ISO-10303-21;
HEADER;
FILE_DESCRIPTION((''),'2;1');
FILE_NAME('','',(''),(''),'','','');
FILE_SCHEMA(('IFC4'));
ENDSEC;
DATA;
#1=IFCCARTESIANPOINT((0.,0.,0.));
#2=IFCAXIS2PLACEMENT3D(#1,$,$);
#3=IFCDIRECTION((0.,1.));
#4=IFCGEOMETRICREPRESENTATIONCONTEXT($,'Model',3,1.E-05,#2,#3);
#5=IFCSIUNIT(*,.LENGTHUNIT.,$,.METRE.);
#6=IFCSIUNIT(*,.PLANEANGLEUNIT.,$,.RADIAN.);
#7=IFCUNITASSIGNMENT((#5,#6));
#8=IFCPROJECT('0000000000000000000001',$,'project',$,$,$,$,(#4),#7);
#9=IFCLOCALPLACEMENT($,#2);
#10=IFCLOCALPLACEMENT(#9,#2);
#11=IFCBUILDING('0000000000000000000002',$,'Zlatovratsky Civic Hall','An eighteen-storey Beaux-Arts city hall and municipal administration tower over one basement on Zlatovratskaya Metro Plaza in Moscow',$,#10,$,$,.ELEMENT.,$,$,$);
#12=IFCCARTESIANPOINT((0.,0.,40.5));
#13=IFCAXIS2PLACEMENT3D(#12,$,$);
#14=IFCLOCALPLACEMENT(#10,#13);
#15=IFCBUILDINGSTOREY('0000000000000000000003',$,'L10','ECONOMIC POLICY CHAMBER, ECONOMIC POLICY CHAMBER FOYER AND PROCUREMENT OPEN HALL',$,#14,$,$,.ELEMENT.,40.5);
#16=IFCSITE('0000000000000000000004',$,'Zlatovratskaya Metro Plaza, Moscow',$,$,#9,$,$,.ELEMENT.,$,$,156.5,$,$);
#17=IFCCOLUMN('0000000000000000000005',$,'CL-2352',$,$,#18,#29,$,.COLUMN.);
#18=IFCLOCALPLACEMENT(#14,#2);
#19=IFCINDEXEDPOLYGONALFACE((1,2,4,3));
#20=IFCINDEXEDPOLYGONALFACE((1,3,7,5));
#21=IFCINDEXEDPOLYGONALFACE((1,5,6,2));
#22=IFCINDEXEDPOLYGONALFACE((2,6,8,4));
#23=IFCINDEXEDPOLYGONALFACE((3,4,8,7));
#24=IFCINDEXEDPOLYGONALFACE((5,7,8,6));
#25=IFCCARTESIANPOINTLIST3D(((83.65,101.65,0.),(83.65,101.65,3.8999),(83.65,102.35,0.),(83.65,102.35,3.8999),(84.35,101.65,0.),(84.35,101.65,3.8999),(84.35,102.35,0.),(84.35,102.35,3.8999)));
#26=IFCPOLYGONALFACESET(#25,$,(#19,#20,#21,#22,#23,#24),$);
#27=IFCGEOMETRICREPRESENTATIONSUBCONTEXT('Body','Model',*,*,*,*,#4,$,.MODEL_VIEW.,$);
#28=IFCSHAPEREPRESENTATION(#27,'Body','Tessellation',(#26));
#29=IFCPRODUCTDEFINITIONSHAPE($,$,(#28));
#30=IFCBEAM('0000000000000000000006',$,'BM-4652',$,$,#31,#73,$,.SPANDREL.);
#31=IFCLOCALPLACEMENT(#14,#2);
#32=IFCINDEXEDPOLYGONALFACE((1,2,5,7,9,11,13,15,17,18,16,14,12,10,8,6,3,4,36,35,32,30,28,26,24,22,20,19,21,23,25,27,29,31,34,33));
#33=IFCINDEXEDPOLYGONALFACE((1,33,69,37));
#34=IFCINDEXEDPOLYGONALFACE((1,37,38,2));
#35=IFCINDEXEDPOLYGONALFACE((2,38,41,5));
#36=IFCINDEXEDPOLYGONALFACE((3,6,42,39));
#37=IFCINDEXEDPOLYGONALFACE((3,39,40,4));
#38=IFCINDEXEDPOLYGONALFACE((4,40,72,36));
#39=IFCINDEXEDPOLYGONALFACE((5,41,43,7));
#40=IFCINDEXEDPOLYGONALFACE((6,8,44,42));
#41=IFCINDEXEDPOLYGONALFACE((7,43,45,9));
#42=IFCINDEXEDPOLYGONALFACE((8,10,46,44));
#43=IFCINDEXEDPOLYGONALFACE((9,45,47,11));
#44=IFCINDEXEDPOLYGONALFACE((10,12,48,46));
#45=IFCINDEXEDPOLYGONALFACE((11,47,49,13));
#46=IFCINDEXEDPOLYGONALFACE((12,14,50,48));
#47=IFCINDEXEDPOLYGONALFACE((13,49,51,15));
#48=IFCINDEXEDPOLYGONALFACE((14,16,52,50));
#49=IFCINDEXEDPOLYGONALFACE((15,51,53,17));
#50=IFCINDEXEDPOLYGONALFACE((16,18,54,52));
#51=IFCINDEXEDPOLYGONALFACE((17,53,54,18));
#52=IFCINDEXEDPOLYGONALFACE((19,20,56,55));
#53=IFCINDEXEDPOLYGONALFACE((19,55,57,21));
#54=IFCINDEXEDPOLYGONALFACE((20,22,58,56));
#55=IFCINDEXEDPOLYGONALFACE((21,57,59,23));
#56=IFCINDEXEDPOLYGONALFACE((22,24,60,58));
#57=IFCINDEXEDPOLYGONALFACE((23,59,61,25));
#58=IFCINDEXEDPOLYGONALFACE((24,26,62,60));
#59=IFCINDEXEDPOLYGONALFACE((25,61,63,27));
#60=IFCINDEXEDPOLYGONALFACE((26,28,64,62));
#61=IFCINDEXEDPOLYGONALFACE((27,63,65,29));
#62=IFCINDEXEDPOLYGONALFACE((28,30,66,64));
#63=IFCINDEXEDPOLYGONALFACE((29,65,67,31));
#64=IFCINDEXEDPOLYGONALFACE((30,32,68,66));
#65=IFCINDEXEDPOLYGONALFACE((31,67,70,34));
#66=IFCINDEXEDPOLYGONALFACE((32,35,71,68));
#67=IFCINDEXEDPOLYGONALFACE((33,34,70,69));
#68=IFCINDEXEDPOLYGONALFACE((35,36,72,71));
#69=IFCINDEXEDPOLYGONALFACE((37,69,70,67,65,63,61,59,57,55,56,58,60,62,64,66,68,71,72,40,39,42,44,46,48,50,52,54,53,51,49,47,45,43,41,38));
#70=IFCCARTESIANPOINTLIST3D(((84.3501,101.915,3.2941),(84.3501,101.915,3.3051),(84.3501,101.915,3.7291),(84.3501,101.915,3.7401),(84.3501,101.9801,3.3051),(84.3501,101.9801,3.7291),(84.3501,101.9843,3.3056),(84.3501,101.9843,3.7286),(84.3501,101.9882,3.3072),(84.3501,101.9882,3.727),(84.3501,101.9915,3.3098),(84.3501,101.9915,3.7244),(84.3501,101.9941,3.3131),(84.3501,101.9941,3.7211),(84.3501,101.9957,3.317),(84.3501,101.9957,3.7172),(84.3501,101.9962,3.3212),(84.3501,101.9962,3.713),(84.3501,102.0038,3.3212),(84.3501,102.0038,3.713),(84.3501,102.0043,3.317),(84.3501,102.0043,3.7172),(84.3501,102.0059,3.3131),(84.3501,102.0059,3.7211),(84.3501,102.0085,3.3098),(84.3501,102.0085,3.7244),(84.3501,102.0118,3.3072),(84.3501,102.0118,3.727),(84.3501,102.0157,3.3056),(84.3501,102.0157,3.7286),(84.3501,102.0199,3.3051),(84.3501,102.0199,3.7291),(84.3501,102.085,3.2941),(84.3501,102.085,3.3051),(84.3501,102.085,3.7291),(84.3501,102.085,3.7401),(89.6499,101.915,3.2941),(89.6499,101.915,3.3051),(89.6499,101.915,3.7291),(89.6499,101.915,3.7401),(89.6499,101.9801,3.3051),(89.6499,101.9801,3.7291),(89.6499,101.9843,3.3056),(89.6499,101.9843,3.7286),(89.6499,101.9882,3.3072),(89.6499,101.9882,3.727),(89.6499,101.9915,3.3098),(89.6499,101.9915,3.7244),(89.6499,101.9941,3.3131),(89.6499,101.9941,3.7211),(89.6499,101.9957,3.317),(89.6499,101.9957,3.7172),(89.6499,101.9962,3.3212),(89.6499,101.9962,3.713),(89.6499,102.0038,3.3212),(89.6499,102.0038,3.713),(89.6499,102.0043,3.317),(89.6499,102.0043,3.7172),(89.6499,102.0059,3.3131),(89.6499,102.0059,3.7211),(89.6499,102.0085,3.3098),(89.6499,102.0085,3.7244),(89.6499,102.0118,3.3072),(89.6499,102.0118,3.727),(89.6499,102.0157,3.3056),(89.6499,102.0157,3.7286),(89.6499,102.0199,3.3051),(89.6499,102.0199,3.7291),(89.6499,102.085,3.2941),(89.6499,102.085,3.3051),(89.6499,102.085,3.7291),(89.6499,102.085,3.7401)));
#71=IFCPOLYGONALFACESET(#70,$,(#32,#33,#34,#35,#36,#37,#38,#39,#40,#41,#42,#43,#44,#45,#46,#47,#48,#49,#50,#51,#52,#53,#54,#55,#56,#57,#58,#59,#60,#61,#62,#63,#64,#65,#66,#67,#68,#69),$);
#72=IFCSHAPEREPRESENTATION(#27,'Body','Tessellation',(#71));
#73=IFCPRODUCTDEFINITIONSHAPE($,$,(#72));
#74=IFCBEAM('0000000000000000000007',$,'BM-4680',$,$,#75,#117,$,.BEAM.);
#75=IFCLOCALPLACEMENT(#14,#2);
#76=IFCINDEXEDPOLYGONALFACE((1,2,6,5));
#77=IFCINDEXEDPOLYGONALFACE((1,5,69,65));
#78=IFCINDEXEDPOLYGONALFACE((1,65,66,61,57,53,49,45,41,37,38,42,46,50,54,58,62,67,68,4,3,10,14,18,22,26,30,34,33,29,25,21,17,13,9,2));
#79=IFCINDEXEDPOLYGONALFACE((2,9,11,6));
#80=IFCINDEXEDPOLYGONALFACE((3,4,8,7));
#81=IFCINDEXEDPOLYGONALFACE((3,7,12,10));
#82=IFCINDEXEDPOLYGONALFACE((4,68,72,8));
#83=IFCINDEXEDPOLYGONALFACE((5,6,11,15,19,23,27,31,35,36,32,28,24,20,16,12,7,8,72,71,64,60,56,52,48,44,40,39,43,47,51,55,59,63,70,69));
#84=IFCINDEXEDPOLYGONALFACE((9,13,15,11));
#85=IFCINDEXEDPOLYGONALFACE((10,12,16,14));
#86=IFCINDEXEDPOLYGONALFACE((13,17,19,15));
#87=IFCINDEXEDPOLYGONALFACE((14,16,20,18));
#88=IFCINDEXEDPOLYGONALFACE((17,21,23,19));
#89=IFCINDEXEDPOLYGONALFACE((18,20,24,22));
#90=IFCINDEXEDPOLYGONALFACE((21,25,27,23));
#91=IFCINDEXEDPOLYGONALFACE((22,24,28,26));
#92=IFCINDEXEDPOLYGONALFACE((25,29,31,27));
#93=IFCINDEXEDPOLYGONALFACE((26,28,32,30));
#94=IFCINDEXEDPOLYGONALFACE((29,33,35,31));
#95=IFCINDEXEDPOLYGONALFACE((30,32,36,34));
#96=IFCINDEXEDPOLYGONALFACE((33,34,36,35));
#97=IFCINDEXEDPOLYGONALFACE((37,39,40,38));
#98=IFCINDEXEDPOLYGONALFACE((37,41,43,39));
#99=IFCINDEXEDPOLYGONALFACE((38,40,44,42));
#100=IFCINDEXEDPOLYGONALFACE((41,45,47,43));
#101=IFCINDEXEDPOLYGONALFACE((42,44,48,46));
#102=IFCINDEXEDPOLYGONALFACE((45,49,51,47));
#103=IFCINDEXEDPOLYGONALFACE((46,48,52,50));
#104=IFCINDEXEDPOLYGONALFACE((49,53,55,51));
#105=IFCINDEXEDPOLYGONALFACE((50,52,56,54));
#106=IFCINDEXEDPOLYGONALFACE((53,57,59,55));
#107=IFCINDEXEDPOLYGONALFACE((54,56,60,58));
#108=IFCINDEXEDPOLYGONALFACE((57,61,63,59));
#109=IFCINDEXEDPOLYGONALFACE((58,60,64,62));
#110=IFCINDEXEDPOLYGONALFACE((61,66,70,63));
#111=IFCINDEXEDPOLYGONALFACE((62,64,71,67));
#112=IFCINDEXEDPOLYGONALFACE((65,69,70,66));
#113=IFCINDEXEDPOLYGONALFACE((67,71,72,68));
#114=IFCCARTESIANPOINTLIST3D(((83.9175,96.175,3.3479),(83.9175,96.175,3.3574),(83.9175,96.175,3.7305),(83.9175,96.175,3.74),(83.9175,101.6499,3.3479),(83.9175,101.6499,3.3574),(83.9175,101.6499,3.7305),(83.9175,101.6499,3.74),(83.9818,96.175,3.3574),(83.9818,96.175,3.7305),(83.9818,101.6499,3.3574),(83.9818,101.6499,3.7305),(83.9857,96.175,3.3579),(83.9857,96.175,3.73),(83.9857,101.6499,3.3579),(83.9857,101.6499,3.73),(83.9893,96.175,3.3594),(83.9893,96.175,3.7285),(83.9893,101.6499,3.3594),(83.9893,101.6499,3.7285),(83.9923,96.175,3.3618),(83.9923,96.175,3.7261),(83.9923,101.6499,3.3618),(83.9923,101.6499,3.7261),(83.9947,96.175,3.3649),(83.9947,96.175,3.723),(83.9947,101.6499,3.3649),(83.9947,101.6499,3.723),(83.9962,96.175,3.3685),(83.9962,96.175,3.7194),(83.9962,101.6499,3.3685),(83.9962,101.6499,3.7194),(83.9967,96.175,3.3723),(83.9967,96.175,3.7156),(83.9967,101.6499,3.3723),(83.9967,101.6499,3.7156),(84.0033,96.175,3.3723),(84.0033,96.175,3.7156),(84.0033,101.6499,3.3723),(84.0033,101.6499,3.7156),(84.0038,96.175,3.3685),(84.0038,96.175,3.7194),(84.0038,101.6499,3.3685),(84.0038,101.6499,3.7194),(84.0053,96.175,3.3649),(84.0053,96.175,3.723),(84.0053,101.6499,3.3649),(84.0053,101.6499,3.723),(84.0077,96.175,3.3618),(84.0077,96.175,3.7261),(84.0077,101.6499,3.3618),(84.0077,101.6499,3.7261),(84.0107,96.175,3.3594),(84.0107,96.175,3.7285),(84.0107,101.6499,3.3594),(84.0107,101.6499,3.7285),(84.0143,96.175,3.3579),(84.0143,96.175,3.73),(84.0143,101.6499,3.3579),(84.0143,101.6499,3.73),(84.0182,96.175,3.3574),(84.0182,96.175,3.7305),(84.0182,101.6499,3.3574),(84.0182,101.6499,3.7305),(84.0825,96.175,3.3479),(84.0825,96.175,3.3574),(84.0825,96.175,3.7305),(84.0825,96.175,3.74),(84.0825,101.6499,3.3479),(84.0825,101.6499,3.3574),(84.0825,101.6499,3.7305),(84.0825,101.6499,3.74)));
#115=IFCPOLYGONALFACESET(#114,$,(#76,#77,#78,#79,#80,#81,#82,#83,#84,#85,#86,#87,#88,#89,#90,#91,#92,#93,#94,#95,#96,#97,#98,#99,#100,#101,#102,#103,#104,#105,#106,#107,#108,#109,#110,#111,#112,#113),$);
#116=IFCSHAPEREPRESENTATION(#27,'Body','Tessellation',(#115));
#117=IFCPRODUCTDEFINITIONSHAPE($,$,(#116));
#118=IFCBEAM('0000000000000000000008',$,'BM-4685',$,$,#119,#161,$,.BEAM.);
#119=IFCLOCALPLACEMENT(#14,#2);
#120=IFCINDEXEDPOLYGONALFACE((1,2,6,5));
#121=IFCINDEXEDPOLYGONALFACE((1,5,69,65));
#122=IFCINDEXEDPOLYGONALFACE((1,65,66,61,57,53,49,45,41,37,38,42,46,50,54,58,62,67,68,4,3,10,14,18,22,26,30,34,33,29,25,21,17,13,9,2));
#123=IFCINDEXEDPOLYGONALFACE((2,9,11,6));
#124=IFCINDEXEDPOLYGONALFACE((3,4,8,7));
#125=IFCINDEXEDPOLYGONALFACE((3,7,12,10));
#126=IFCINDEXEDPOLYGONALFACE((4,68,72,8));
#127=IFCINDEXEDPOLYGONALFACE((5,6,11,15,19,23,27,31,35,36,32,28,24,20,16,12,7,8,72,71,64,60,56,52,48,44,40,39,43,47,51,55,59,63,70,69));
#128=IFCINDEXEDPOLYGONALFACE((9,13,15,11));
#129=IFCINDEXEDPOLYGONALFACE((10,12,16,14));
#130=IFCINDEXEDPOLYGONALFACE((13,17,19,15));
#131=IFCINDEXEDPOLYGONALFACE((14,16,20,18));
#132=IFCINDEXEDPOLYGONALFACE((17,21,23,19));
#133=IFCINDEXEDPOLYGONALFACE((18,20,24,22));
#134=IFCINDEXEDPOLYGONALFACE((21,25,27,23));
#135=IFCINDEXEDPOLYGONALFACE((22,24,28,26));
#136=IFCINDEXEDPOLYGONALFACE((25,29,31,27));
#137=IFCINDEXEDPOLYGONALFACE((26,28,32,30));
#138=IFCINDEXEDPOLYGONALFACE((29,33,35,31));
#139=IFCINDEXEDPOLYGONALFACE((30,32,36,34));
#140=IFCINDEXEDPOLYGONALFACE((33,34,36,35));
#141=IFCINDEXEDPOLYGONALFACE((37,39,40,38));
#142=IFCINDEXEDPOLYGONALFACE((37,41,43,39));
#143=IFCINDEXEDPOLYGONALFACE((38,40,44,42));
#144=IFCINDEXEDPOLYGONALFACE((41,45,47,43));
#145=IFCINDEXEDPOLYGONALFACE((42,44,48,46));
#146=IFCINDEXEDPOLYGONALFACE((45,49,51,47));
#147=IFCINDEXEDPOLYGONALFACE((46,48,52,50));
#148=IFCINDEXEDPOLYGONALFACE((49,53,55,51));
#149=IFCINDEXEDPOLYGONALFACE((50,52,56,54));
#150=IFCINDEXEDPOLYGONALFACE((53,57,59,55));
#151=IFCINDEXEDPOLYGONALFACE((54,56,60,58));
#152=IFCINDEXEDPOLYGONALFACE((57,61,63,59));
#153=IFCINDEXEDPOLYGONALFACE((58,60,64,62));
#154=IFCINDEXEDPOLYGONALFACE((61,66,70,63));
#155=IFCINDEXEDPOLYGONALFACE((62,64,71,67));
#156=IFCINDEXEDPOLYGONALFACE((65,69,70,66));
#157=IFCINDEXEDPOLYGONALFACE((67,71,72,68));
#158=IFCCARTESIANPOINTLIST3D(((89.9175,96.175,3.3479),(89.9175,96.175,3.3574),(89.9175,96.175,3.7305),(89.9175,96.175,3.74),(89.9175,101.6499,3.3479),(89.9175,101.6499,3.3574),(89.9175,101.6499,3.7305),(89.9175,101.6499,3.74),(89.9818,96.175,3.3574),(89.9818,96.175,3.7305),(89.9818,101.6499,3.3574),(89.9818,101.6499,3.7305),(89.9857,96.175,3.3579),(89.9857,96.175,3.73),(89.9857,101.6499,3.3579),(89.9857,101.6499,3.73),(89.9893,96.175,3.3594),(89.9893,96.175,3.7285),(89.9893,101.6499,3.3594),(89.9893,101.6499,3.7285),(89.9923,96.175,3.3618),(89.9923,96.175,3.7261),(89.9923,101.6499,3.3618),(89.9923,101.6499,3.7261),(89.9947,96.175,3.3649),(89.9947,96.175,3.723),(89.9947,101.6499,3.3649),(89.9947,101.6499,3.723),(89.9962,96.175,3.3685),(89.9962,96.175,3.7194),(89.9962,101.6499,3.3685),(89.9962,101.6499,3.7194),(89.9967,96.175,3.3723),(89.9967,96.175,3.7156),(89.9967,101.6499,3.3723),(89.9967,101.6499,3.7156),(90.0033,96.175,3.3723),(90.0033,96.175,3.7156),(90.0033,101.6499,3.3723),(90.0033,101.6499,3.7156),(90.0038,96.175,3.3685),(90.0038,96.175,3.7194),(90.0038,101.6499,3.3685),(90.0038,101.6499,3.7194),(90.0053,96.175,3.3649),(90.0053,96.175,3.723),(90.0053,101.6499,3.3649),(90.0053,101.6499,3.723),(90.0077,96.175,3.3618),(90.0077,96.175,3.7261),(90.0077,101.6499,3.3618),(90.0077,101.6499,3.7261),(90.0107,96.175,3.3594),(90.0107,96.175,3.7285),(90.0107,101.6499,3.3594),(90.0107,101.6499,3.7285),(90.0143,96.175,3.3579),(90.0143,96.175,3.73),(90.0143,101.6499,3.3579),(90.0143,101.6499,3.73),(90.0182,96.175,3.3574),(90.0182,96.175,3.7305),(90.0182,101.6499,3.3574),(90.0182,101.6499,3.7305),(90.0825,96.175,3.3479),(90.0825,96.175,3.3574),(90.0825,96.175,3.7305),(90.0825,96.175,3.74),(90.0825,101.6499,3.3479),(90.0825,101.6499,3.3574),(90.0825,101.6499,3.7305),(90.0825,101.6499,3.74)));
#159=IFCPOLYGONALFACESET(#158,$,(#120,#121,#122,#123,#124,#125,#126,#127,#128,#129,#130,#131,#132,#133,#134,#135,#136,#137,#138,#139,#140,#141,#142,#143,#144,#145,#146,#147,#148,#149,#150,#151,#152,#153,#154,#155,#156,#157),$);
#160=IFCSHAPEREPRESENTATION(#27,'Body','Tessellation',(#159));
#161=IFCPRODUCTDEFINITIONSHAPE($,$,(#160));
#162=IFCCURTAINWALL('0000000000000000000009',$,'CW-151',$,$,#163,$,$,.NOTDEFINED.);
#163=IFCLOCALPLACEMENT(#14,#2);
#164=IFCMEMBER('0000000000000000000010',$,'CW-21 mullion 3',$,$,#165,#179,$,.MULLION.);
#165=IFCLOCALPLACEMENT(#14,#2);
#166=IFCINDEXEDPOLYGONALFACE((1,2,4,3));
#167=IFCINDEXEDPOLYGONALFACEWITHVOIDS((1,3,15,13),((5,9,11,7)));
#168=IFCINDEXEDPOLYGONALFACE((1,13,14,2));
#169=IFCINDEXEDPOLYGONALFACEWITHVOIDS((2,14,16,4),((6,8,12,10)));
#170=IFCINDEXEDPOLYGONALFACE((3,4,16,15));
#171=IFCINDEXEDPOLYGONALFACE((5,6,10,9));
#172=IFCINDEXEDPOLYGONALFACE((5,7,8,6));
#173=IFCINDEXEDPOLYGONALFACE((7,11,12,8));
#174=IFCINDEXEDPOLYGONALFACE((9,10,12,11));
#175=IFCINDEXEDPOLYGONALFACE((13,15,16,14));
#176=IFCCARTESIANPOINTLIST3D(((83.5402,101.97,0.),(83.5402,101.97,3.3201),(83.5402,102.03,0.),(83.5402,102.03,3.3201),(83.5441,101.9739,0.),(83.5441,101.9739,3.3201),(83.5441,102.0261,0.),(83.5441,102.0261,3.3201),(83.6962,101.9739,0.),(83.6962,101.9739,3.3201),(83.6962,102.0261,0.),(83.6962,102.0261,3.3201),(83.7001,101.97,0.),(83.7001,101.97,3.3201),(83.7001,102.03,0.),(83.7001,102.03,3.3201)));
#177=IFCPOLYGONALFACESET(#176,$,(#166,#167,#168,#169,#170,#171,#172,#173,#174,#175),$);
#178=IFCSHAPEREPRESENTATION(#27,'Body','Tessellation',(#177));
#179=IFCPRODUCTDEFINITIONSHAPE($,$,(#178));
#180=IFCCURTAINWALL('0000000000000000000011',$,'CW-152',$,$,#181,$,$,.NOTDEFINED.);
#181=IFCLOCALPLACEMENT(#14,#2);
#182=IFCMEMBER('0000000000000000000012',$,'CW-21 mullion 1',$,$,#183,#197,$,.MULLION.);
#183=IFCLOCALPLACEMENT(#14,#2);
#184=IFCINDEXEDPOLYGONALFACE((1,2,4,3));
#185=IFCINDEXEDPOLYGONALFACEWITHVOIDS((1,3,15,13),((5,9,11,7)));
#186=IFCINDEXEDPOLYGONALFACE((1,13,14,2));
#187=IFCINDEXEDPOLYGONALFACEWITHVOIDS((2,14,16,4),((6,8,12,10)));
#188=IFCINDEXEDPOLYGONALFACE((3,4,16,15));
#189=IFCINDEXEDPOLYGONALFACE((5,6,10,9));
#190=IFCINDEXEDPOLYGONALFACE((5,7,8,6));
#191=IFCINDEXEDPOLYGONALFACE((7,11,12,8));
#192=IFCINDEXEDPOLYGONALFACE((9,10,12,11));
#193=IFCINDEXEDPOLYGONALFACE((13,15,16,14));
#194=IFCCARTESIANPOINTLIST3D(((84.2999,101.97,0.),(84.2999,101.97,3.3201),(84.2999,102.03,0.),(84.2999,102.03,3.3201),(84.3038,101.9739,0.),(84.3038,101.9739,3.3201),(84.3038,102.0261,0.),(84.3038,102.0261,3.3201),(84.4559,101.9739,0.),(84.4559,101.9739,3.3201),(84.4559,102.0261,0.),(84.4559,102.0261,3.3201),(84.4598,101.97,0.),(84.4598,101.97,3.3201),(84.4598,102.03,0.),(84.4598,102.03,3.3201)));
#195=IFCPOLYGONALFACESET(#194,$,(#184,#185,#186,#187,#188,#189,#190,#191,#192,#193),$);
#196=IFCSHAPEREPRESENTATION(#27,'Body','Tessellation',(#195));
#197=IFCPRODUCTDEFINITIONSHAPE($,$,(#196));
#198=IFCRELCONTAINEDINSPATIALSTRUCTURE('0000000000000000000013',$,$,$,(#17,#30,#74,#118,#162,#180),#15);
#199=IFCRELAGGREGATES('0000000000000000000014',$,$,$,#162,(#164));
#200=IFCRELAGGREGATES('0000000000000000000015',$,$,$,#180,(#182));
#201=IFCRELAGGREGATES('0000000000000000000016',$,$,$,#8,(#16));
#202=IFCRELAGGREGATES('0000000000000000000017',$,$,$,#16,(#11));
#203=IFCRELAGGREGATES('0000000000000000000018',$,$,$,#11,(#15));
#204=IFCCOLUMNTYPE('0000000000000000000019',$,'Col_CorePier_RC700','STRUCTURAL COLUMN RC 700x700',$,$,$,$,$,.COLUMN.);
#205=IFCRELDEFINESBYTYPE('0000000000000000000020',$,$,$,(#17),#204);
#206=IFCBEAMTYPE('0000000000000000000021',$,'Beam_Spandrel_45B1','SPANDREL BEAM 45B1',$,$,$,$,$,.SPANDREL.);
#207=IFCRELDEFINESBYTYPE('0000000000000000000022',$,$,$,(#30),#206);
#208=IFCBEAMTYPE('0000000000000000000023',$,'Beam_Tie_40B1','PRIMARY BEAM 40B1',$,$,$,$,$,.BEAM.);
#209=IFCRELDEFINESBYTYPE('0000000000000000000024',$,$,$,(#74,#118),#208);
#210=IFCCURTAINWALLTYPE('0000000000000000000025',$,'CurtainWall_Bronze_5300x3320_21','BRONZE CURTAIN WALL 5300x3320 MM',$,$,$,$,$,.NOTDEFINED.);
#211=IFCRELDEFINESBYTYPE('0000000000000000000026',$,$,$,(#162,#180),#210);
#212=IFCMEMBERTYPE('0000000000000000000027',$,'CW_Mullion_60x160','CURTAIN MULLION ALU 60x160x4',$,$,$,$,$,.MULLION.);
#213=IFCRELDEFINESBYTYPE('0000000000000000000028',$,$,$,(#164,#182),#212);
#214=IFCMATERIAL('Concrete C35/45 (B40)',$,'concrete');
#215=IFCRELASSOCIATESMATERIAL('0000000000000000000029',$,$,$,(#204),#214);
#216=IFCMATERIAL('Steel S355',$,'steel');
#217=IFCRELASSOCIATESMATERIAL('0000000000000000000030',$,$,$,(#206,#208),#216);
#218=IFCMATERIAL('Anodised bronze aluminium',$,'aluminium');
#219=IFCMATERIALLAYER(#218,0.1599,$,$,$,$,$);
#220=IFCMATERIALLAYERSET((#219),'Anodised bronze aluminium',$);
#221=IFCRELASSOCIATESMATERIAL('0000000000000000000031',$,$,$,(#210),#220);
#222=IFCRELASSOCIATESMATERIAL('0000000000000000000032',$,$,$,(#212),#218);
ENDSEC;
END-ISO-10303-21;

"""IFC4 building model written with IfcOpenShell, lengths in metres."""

from ifc_helpers import new_model, si_unit, direction, frame, origin, origin_2d, place, context, subcontext, project, spatial, rectangle, hollow_rectangle, i_section, extrude, material, layer, layer_set, material_profile, profile_set, type_object, element, aggregate, save


model = new_model("IFC4")

# Units and contexts
model_context = context("Model", 3, precision=1e-05, world=origin(), true_north=direction((0.0, 1.0)))
body_context = subcontext(model_context, "Body", "Model", "MODEL_VIEW")
ifc_project = project(units=[si_unit("LENGTHUNIT", "METRE"), si_unit("PLANEANGLEUNIT", "RADIAN")], contexts=[model_context])

# Site, building, storey
site_placement = place(None, origin())
site = spatial("IfcSite", under=ifc_project, at=site_placement, Name="Zlatovratskaya Metro Plaza, Moscow", CompositionType="ELEMENT", RefElevation=156.5)
building_placement = place(site_placement, origin())
building = spatial("IfcBuilding", under=site, at=building_placement, Name="Zlatovratsky Civic Hall", Description="An eighteen-storey Beaux-Arts city hall and municipal administration tower over one basement on Zlatovratskaya Metro Plaza in Moscow", CompositionType="ELEMENT")
storey_placement = place(building_placement, frame((0.0, 0.0, 40.5)))
storey = spatial("IfcBuildingStorey", under=building, at=storey_placement, Name="L10", Description="ECONOMIC POLICY CHAMBER, ECONOMIC POLICY CHAMBER FOYER AND PROCUREMENT OPEN HALL", CompositionType="ELEMENT", Elevation=40.5)

# Column
ifc_material_1 = material(Name="Concrete C35/45 (B40)", Category="concrete")
ifc_material_profile_1 = material_profile(ifc_material_1, rectangle(XDim=0.7, YDim=0.7, at=origin_2d()), Name="RC 700x700")
ifc_profile_set_1 = profile_set([ifc_material_profile_1], Name="Concrete C35/45 (B40)")
column_type = type_object("IfcColumnType", Name="Col_CorePier_RC700", Description="STRUCTURAL COLUMN RC 700x700", PredefinedType="COLUMN", material=ifc_profile_set_1)
column_placement = place(storey_placement, frame((84.0, 102.0, 0.0), z_axis=(0.0, 0.0, 1.0), x_axis=(1.0, 0.0, 0.0)))
element("IfcColumn", 1, at=column_placement, inside=storey, type_object=column_type, Name="CL-2352", PredefinedType="COLUMN", context=body_context, shape_type="SweptSolid", body=[
    extrude(rectangle(XDim=0.7, YDim=0.7, at=origin_2d()), origin(), (0.0, 0.0, 1.0), 3.8999),
])

# Beams
ifc_material_2 = material(Name="Steel S355", Category="steel")
ifc_material_profile_2 = material_profile(ifc_material_2, i_section(OverallWidth=0.1699, OverallDepth=0.446, WebThickness=0.0076, FlangeThickness=0.011, FilletRadius=0.0161, at=origin_2d()), Name="45B1")
ifc_profile_set_2 = profile_set([ifc_material_profile_2], Name="Steel S355")
beam_type_1 = type_object("IfcBeamType", Name="Beam_Spandrel_45B1", Description="SPANDREL BEAM 45B1", PredefinedType="SPANDREL", material=ifc_profile_set_2)
beam_placement = place(storey_placement, frame((84.3501, 102.0, 3.5171), z_axis=(1.0, 0.0, 0.0), x_axis=(0.0, 1.0, 0.0)))
element("IfcBeam", 2, at=beam_placement, inside=storey, type_object=beam_type_1, Name="BM-4652", PredefinedType="SPANDREL", context=body_context, shape_type="SweptSolid", body=[
    extrude(i_section(OverallWidth=0.1699, OverallDepth=0.446, WebThickness=0.0076, FlangeThickness=0.011, FilletRadius=0.0161, at=origin_2d()), origin(), (0.0, 0.0, 1.0), 5.2998),
])
ifc_material_profile_3 = material_profile(ifc_material_2, i_section(OverallWidth=0.165, OverallDepth=0.3921, WebThickness=0.0066, FlangeThickness=0.0095, FilletRadius=0.0149, at=origin_2d()), Name="40B1")
ifc_profile_set_3 = profile_set([ifc_material_profile_3], Name="Steel S355")
beam_type_2 = type_object("IfcBeamType", Name="Beam_Tie_40B1", Description="PRIMARY BEAM 40B1", PredefinedType="BEAM", material=ifc_profile_set_3)
for number, where, z_axis, x_axis, name in (
    (3, (84.0, 96.175, 3.5439), (0.0, 1.0, 0.0), (-1.0, 0.0, 0.0), "BM-4680"),
    (4, (90.0, 96.175, 3.5439), (0.0, 1.0, 0.0), (-1.0, 0.0, 0.0), "BM-4685"),
):
    element("IfcBeam", number, at=place(storey_placement, frame(where, z_axis=z_axis, x_axis=x_axis)), inside=storey, type_object=beam_type_2, Name=name, PredefinedType="BEAM", context=body_context, shape_type="SweptSolid", body=[
        extrude(i_section(OverallWidth=0.165, OverallDepth=0.3921, WebThickness=0.0066, FlangeThickness=0.0095, FilletRadius=0.0149, at=origin_2d()), origin(), (0.0, 0.0, 1.0), 5.4749),
    ])

# Curtain wall, member
ifc_material_3 = material(Name="Anodised bronze aluminium", Category="aluminium")
ifc_layer_1 = layer(ifc_material_3, 0.1599)
ifc_layer_set_1 = layer_set([ifc_layer_1], Name="Anodised bronze aluminium")
curtain_wall_type = type_object("IfcCurtainWallType", Name="CurtainWall_Bronze_5300x3320_21", Description="BRONZE CURTAIN WALL 5300x3320 MM", PredefinedType="NOTDEFINED", material=ifc_layer_set_1)
curtain_wall_1_placement = place(storey_placement, origin())
curtain_wall_1 = element("IfcCurtainWall", 5, at=curtain_wall_1_placement, inside=storey, type_object=curtain_wall_type, Name="CW-151", PredefinedType="NOTDEFINED")
ifc_material_profile_4 = material_profile(ifc_material_3, hollow_rectangle(XDim=0.0601, YDim=0.1599, WallThickness=0.0039, at=origin_2d()), Name="ALU 60x160x4")
ifc_profile_set_4 = profile_set([ifc_material_profile_4], Name="Anodised bronze aluminium")
member_type_1 = type_object("IfcMemberType", Name="CW_Mullion_60x160", Description="CURTAIN MULLION ALU 60x160x4", PredefinedType="MULLION", material=ifc_profile_set_4)
member_1_placement = place(storey_placement, frame((83.6201, 102.0, 0.0), z_axis=(0.0, 0.0, 1.0), x_axis=(0.0, 1.0, 0.0)))
member_1 = element("IfcMember", 6, at=member_1_placement, type_object=member_type_1, Name="CW-21 mullion 3", PredefinedType="MULLION", context=body_context, shape_type="SweptSolid", body=[
    extrude(hollow_rectangle(XDim=0.0601, YDim=0.1599, WallThickness=0.0039, at=origin_2d()), origin(), (0.0, 0.0, 1.0), 3.3201),
])
aggregate(curtain_wall_1, [member_1])

# Curtain wall, member
curtain_wall_2_placement = place(storey_placement, origin())
curtain_wall_2 = element("IfcCurtainWall", 7, at=curtain_wall_2_placement, inside=storey, type_object=curtain_wall_type, Name="CW-152", PredefinedType="NOTDEFINED")
member_2_placement = place(storey_placement, frame((84.3799, 102.0, 0.0), z_axis=(0.0, 0.0, 1.0), x_axis=(0.0, 1.0, 0.0)))
member_2 = element("IfcMember", 8, at=member_2_placement, type_object=member_type_1, Name="CW-21 mullion 1", PredefinedType="MULLION", context=body_context, shape_type="SweptSolid", body=[
    extrude(hollow_rectangle(XDim=0.0601, YDim=0.1599, WallThickness=0.0039, at=origin_2d()), origin(), (0.0, 0.0, 1.0), 3.3201),
])
aggregate(curtain_wall_2, [member_2])

save(model, "model.ifc")
